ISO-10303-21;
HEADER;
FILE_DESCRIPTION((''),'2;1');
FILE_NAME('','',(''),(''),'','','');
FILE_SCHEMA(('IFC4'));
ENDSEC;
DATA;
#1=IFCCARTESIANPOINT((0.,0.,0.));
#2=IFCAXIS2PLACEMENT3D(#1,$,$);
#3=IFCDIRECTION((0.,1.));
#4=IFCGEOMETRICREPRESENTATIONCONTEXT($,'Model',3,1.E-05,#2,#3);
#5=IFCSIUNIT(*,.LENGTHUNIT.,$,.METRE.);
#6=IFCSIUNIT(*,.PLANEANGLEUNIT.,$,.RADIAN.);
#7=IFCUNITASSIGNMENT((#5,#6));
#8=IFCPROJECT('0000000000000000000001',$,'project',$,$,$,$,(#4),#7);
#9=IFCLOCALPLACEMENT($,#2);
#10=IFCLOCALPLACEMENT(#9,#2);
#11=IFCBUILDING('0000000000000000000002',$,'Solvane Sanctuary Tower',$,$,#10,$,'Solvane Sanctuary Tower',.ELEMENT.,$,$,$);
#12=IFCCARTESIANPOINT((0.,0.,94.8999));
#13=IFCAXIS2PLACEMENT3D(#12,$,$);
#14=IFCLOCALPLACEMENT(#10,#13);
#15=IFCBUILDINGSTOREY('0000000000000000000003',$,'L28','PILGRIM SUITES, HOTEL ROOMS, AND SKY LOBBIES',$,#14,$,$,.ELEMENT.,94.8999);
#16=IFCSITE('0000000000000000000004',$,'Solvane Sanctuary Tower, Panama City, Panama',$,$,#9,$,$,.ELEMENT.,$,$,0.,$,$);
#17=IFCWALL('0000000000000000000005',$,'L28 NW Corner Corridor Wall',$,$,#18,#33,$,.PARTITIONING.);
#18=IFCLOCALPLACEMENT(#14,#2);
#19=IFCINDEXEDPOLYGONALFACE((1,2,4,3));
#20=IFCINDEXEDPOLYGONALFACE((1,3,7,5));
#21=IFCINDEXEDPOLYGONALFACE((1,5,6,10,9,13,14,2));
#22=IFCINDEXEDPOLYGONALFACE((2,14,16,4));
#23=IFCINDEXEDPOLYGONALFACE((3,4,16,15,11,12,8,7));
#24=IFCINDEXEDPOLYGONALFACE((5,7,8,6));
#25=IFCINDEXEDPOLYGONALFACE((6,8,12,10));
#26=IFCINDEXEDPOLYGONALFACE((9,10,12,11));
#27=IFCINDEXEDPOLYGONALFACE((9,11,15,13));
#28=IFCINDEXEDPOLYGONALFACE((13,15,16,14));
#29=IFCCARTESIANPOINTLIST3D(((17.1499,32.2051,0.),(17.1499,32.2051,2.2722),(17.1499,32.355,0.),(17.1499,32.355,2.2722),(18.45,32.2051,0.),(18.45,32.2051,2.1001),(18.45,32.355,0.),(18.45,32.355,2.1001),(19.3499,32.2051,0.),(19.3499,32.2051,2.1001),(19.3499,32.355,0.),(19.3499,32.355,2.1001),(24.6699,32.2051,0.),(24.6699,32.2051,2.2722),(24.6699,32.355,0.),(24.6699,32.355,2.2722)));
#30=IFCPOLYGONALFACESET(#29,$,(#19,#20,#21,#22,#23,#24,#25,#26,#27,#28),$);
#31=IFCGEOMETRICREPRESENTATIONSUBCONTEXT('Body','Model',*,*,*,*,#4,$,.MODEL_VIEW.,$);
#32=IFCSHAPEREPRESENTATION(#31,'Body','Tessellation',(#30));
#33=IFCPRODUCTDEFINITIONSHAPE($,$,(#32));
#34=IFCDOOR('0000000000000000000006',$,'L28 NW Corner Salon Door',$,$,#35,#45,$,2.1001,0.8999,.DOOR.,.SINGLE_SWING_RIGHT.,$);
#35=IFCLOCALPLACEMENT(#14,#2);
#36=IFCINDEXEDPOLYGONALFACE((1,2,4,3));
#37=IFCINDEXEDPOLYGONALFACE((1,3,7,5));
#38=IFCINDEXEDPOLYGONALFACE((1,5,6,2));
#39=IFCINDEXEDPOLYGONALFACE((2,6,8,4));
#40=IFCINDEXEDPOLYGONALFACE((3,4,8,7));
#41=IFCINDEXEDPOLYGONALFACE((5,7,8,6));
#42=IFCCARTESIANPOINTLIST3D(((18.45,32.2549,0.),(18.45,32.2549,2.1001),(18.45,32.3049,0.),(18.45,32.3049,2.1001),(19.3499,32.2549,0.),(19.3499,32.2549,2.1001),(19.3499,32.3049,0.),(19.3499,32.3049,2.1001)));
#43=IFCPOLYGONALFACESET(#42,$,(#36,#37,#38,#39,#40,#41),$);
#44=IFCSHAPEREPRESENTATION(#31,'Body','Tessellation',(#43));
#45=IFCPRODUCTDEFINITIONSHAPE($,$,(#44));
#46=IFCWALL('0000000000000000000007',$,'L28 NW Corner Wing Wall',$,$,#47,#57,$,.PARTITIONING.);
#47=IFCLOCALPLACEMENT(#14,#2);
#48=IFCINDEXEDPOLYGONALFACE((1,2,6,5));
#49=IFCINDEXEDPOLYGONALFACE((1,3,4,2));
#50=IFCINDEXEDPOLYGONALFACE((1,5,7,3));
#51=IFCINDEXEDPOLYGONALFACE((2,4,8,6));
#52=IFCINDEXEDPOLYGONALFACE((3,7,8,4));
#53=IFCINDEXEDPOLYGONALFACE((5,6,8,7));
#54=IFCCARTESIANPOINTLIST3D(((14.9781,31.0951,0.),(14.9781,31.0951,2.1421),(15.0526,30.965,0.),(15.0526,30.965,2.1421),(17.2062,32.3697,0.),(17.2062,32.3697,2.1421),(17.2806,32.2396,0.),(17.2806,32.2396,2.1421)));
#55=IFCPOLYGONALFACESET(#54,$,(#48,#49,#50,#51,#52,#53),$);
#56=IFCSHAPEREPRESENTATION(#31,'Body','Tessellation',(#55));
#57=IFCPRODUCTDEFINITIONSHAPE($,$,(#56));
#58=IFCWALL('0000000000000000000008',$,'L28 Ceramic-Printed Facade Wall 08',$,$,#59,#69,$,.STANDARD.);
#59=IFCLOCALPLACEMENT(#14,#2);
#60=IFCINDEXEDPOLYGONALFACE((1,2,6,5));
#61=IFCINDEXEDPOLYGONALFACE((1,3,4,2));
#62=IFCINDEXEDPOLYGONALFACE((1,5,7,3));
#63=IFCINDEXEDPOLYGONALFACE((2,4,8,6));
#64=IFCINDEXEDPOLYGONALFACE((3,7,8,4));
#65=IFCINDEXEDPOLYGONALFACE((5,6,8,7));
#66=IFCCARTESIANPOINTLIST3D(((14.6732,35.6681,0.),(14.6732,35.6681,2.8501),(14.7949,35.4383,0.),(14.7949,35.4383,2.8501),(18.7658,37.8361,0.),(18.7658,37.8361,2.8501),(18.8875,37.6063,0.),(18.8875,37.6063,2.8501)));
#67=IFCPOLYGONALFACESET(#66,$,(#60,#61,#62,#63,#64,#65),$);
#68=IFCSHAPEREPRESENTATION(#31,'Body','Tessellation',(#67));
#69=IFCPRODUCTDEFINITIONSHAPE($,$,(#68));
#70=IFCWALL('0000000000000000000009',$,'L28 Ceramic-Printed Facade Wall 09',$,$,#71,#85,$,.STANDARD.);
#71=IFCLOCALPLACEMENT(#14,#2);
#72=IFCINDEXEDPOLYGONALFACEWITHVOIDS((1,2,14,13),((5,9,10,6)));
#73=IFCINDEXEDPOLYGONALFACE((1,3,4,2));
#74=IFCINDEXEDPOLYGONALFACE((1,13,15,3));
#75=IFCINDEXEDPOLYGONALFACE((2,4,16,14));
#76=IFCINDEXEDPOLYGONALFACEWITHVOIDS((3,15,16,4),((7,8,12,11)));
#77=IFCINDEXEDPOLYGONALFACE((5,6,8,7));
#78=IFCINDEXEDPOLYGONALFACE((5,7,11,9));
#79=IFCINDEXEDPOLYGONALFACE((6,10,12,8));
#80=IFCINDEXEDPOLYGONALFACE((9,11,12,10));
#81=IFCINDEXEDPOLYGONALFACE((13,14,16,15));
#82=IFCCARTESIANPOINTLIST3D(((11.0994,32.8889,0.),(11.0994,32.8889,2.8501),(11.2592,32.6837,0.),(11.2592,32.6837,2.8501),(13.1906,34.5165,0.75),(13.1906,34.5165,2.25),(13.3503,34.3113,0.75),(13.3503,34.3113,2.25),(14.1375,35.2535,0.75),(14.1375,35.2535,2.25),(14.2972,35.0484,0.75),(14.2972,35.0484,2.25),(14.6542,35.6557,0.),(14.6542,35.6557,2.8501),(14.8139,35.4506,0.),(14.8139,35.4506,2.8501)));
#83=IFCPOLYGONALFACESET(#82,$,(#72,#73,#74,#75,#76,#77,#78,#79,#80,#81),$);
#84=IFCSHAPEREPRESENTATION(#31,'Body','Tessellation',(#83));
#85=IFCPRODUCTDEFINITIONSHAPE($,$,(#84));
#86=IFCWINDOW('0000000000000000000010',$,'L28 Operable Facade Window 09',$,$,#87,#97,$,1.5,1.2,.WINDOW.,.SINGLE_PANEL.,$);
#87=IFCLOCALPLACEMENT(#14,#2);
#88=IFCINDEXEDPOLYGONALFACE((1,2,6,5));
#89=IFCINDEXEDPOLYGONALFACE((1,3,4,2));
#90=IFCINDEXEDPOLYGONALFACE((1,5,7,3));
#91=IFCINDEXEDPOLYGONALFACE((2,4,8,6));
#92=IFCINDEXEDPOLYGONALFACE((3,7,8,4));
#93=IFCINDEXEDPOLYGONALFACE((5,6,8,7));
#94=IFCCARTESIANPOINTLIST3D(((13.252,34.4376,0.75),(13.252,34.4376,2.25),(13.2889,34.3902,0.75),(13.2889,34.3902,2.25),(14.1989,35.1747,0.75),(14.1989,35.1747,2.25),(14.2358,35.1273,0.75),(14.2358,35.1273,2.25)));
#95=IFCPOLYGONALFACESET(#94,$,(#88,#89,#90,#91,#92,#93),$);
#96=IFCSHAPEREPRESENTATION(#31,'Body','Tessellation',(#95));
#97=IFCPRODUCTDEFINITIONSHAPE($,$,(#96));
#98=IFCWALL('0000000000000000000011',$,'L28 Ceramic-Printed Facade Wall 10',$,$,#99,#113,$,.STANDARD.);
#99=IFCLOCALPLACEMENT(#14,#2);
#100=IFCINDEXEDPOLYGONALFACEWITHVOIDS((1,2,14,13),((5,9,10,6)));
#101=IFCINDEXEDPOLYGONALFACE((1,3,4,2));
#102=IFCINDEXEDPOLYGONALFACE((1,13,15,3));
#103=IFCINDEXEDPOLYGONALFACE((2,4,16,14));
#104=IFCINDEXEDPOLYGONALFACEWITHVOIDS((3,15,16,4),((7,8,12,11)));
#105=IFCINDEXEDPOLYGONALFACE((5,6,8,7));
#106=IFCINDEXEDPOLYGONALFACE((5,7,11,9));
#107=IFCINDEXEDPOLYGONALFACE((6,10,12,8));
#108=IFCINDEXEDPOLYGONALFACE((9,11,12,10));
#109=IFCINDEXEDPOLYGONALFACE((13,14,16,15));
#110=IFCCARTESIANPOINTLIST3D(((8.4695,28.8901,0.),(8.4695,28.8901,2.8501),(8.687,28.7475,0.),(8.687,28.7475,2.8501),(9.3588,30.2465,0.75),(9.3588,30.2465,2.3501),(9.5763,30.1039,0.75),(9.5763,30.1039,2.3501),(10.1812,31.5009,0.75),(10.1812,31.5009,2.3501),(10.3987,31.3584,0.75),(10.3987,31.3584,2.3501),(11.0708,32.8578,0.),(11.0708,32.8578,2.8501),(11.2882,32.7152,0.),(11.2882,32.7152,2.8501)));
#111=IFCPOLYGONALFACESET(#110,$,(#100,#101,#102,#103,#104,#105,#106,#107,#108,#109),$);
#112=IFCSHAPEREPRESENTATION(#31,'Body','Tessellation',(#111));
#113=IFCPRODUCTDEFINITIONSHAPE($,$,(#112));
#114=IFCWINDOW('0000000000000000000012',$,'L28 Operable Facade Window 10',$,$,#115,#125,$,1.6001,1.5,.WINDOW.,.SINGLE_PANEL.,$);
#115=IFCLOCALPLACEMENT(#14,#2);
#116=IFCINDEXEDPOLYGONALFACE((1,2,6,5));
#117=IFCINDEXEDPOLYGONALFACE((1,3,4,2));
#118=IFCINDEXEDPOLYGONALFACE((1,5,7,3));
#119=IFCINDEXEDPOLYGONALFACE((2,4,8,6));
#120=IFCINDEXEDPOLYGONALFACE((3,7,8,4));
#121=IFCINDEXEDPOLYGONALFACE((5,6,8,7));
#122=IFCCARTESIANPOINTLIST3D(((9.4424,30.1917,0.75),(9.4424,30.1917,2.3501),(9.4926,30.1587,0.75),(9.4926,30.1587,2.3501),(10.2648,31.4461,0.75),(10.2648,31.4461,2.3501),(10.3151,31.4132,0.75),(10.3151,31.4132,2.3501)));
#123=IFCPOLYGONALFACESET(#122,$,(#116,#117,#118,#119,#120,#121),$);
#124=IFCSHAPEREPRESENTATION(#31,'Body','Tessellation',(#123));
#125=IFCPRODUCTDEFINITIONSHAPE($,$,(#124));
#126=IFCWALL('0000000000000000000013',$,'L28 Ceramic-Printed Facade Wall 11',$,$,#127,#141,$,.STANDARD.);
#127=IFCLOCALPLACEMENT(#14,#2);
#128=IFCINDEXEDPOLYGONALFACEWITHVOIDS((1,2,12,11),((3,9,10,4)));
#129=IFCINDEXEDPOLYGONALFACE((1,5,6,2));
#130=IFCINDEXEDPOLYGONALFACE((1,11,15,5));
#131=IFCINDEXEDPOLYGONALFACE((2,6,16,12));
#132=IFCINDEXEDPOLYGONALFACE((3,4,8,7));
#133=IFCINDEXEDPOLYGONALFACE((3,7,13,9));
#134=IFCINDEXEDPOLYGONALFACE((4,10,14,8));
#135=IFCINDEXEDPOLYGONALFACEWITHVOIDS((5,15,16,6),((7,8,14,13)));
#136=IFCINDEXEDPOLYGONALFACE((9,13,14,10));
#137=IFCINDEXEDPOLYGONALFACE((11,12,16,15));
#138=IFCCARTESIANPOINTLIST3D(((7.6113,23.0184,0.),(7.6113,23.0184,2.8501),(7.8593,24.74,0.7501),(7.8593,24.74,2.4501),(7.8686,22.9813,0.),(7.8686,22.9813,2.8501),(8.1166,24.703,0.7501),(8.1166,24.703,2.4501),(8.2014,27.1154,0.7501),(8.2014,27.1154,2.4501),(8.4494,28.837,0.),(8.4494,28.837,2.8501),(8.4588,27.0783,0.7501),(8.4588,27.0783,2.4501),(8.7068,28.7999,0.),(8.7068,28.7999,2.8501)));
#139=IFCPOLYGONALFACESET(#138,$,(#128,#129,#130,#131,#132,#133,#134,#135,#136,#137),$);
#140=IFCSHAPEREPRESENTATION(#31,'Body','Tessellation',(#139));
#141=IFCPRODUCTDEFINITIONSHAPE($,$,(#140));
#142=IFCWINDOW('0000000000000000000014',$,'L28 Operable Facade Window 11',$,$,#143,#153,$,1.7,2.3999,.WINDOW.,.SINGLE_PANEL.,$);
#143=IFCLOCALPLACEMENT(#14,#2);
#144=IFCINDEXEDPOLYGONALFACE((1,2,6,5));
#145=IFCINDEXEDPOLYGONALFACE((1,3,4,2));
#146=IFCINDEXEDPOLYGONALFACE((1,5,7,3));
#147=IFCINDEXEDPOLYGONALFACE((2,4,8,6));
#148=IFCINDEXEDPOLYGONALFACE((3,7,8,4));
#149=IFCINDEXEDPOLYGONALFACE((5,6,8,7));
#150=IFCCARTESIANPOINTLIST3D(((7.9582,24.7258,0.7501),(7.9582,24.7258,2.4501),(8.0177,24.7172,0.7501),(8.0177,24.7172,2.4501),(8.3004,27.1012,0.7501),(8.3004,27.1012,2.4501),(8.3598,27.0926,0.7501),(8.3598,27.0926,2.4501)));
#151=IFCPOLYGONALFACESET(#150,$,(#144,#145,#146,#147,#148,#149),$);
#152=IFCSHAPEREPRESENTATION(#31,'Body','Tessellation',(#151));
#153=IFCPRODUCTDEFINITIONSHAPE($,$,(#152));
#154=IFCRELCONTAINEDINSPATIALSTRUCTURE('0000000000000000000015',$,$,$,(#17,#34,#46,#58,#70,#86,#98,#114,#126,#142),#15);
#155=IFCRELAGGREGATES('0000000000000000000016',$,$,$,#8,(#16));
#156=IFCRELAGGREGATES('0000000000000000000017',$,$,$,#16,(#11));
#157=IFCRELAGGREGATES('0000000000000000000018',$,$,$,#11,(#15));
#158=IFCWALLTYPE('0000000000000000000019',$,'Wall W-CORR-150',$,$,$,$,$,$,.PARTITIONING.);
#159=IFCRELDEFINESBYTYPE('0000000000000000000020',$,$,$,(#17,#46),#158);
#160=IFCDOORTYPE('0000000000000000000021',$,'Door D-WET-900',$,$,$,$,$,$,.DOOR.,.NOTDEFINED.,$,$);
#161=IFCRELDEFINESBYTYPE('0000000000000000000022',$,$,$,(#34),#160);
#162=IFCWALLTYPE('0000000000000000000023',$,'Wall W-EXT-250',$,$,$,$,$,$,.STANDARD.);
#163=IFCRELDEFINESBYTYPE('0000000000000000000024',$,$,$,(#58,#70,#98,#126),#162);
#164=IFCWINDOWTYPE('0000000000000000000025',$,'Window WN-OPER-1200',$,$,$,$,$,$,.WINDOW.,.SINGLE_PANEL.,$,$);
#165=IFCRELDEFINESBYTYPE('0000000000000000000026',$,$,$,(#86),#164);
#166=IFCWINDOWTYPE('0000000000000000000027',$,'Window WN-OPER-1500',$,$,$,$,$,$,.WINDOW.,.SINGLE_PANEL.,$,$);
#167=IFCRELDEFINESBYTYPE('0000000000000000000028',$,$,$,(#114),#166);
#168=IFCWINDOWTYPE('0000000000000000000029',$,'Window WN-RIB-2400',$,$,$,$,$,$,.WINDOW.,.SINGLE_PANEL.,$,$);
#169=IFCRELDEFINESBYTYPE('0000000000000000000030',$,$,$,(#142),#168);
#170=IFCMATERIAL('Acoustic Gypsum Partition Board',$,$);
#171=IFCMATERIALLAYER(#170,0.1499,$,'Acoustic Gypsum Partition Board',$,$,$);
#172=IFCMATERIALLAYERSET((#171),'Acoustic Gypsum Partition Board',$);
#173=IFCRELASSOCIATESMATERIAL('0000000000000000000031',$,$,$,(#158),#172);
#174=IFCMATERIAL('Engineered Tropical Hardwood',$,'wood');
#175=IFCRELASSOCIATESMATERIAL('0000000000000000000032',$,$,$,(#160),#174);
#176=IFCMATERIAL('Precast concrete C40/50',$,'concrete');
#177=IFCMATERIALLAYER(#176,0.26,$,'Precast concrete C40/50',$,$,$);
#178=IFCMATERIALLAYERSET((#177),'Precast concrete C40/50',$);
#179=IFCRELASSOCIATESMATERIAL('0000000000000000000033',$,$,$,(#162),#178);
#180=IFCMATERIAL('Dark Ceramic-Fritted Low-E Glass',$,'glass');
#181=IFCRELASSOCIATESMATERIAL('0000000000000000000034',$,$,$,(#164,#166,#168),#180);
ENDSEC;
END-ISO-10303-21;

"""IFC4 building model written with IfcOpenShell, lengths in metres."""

from ifc_helpers import new_model, si_unit, direction, frame, frame_2d, origin, place, context, subcontext, project, spatial, rectangle, extrude, material, layer, layer_set, type_object, element, fill, save


model = new_model("IFC4")

# Units and contexts
model_context = context("Model", 3, precision=1e-05, world=origin(), true_north=direction((0.0, 1.0)))
body_context = subcontext(model_context, "Body", "Model", "MODEL_VIEW")
ifc_project = project(units=[si_unit("LENGTHUNIT", "METRE"), si_unit("PLANEANGLEUNIT", "RADIAN")], contexts=[model_context])

# Site, building, storey
site_placement = place(None, origin())
site = spatial("IfcSite", under=ifc_project, at=site_placement, Name="Solvane Sanctuary Tower, Panama City, Panama", CompositionType="ELEMENT", RefElevation=0.0)
building_placement = place(site_placement, origin())
building = spatial("IfcBuilding", under=site, at=building_placement, Name="Solvane Sanctuary Tower", LongName="Solvane Sanctuary Tower", CompositionType="ELEMENT")
storey_placement = place(building_placement, frame((0.0, 0.0, 94.8999)))
storey = spatial("IfcBuildingStorey", under=building, at=storey_placement, Name="L28", Description="PILGRIM SUITES, HOTEL ROOMS, AND SKY LOBBIES", CompositionType="ELEMENT", Elevation=94.8999)

# Shared definitions
ifc_material_1 = material(Name="Acoustic Gypsum Partition Board")
ifc_layer_1 = layer(ifc_material_1, 0.1499, Name="Acoustic Gypsum Partition Board")
ifc_layer_set_1 = layer_set([ifc_layer_1], Name="Acoustic Gypsum Partition Board")
wall_type_1 = type_object("IfcWallType", Name="Wall W-CORR-150", PredefinedType="PARTITIONING", material=ifc_layer_set_1)

# Wall, opening, door
wall_1_placement = place(storey_placement, frame((17.1499, 32.28, 0.0), z_axis=(0.0, 0.0, 1.0), x_axis=(1.0, 0.0, 0.0)))
wall_1 = element("IfcWall", 1, at=wall_1_placement, inside=storey, type_object=wall_type_1, Name="L28 NW Corner Corridor Wall", PredefinedType="PARTITIONING", context=body_context, shape_type="SweptSolid", body=[
    extrude(rectangle(XDim=7.52, YDim=0.1499, at=frame_2d((3.76, 0.0))), origin(), (0.0, 0.0, 1.0), 2.2722),
])
opening_1_placement = place(wall_1_placement, frame((1.3, 0.0, 0.0)))
opening_1 = element("IfcOpeningElement", 2, at=opening_1_placement, cuts=wall_1, PredefinedType="OPENING", context=body_context, shape_type="SweptSolid", body=[
    extrude(rectangle(XDim=0.8999, YDim=2.1001, at=frame_2d((0.45, 1.05))), frame((0.0, 0.085, 0.0), z_axis=(0.0, -1.0, 0.0), x_axis=(1.0, 0.0, 0.0)), (0.0, 0.0, 1.0), 0.1699),
])
ifc_material_2 = material(Name="Engineered Tropical Hardwood", Category="wood")
door_type_1 = type_object("IfcDoorType", Name="Door D-WET-900", OperationType="NOTDEFINED", PredefinedType="DOOR", material=ifc_material_2)
door_1_placement = place(opening_1_placement, origin())
door_1 = element("IfcDoor", 3, at=door_1_placement, inside=storey, type_object=door_type_1, Name="L28 NW Corner Salon Door", OperationType="SINGLE_SWING_RIGHT", OverallHeight=2.1001, OverallWidth=0.8999, PredefinedType="DOOR", context=body_context, shape_type="SweptSolid", body=[
    extrude(rectangle(XDim=0.8999, YDim=2.1001, at=frame_2d((0.45, 1.05))), frame((0.0, 0.0249, 0.0), z_axis=(0.0, -1.0, 0.0), x_axis=(1.0, 0.0, 0.0)), (0.0, 0.0, 1.0), 0.05),
])
fill(opening_1, door_1)

# Walls
wall_2_placement = place(storey_placement, frame((17.2434, 32.3047, 0.0), z_axis=(0.0, 0.0, 1.0), x_axis=(-0.867991, -0.496579, 0.0)))
element("IfcWall", 4, at=wall_2_placement, inside=storey, type_object=wall_type_1, Name="L28 NW Corner Wing Wall", PredefinedType="PARTITIONING", context=body_context, shape_type="SweptSolid", body=[
    extrude(rectangle(XDim=2.5669, YDim=0.1499, at=frame_2d((1.2834, 0.0))), origin(), (0.0, 0.0, 1.0), 2.1421),
])
ifc_material_3 = material(Name="Precast concrete C40/50", Category="concrete")
ifc_layer_2 = layer(ifc_material_3, 0.26, Name="Precast concrete C40/50")
ifc_layer_set_2 = layer_set([ifc_layer_2], Name="Precast concrete C40/50")
wall_type_2 = type_object("IfcWallType", Name="Wall W-EXT-250", PredefinedType="STANDARD", material=ifc_layer_set_2)
wall_3_placement = place(storey_placement, frame((18.8267, 37.7212, 0.0), z_axis=(0.0, 0.0, 1.0), x_axis=(-0.883669, -0.468113, 0.0)))
element("IfcWall", 5, at=wall_3_placement, inside=storey, type_object=wall_type_2, Name="L28 Ceramic-Printed Facade Wall 08", PredefinedType="STANDARD", context=body_context, shape_type="SweptSolid", body=[
    extrude(rectangle(XDim=4.6313, YDim=0.26, at=frame_2d((2.3157, 0.0))), origin(), (0.0, 0.0, 1.0), 2.8501),
])

# Walls, openings, windows
wall_4_placement = place(storey_placement, frame((14.7341, 35.5532, 0.0), z_axis=(0.0, 0.0, 1.0), x_axis=(-0.789127, -0.614229, 0.0)))
wall_4 = element("IfcWall", 6, at=wall_4_placement, inside=storey, type_object=wall_type_2, Name="L28 Ceramic-Printed Facade Wall 09", PredefinedType="STANDARD", context=body_context, shape_type="SweptSolid", body=[
    extrude(rectangle(XDim=4.5046, YDim=0.26, at=frame_2d((2.2524, 0.0))), origin(), (0.0, 0.0, 1.0), 2.8501),
])
opening_2_placement = place(wall_4_placement, frame((0.6548, 0.0, 0.75)))
opening_2 = element("IfcOpeningElement", 7, at=opening_2_placement, cuts=wall_4, PredefinedType="OPENING", context=body_context, shape_type="SweptSolid", body=[
    extrude(rectangle(XDim=1.2, YDim=1.5, at=frame_2d((0.6001, 0.75))), frame((0.0, 0.1399, 0.0), z_axis=(0.0, -1.0, 0.0), x_axis=(1.0, 0.0, 0.0)), (0.0, 0.0, 1.0), 0.28),
])
ifc_material_4 = material(Name="Dark Ceramic-Fritted Low-E Glass", Category="glass")
window_type_1 = type_object("IfcWindowType", Name="Window WN-OPER-1200", PartitioningType="SINGLE_PANEL", PredefinedType="WINDOW", material=ifc_material_4)
window_1_placement = place(opening_2_placement, origin())
window_1 = element("IfcWindow", 8, at=window_1_placement, inside=storey, type_object=window_type_1, Name="L28 Operable Facade Window 09", OverallHeight=1.5, OverallWidth=1.2, PartitioningType="SINGLE_PANEL", PredefinedType="WINDOW", context=body_context, shape_type="SweptSolid", body=[
    extrude(rectangle(XDim=1.2, YDim=1.5, at=frame_2d((0.6001, 0.75))), frame((0.0, 0.03, 0.0), z_axis=(0.0, -1.0, 0.0), x_axis=(1.0, 0.0, 0.0)), (0.0, 0.0, 1.0), 0.0601),
])
fill(opening_2, window_1)
wall_5_placement = place(storey_placement, frame((11.1794, 32.7864, 0.0), z_axis=(0.0, 0.0, 1.0), x_axis=(-0.548283, -0.836293, 0.0)))
wall_5 = element("IfcWall", 9, at=wall_5_placement, inside=storey, type_object=wall_type_2, Name="L28 Ceramic-Printed Facade Wall 10", PredefinedType="STANDARD", context=body_context, shape_type="SweptSolid", body=[
    extrude(rectangle(XDim=4.7444, YDim=0.26, at=frame_2d((2.3721, 0.0))), origin(), (0.0, 0.0, 1.0), 2.8501),
])
opening_3_placement = place(wall_5_placement, frame((1.6223, 0.0, 0.75)))
opening_3 = element("IfcOpeningElement", 10, at=opening_3_placement, cuts=wall_5, PredefinedType="OPENING", context=body_context, shape_type="SweptSolid", body=[
    extrude(rectangle(XDim=1.5, YDim=1.6001, at=frame_2d((0.75, 0.8))), frame((0.0, 0.1399, 0.0), z_axis=(0.0, -1.0, 0.0), x_axis=(1.0, 0.0, 0.0)), (0.0, 0.0, 1.0), 0.28),
])
window_type_2 = type_object("IfcWindowType", Name="Window WN-OPER-1500", PartitioningType="SINGLE_PANEL", PredefinedType="WINDOW", material=ifc_material_4)
window_2_placement = place(opening_3_placement, origin())
window_2 = element("IfcWindow", 11, at=window_2_placement, inside=storey, type_object=window_type_2, Name="L28 Operable Facade Window 10", OverallHeight=1.6001, OverallWidth=1.5, PartitioningType="SINGLE_PANEL", PredefinedType="WINDOW", context=body_context, shape_type="SweptSolid", body=[
    extrude(rectangle(XDim=1.5, YDim=1.6001, at=frame_2d((0.75, 0.8))), frame((0.0, 0.03, 0.0), z_axis=(0.0, -1.0, 0.0), x_axis=(1.0, 0.0, 0.0)), (0.0, 0.0, 1.0), 0.0601),
])
fill(opening_3, window_2)
wall_6_placement = place(storey_placement, frame((8.5781, 28.8186, 0.0), z_axis=(0.0, 0.0, 1.0), x_axis=(-0.142572, -0.989784, 0.0)))
wall_6 = element("IfcWall", 12, at=wall_6_placement, inside=storey, type_object=wall_type_2, Name="L28 Ceramic-Printed Facade Wall 11", PredefinedType="STANDARD", context=body_context, shape_type="SweptSolid", body=[
    extrude(rectangle(XDim=5.8787, YDim=0.26, at=frame_2d((2.9395, 0.0))), origin(), (0.0, 0.0, 1.0), 2.8501),
])
opening_4_placement = place(wall_6_placement, frame((1.7395, 0.0, 0.75)))
opening_4 = element("IfcOpeningElement", 13, at=opening_4_placement, cuts=wall_6, PredefinedType="OPENING", context=body_context, shape_type="SweptSolid", body=[
    extrude(rectangle(XDim=2.3999, YDim=1.7, at=frame_2d((1.2, 0.8501))), frame((0.0, 0.1399, 0.0), z_axis=(0.0, -1.0, 0.0), x_axis=(1.0, 0.0, 0.0)), (0.0, 0.0, 1.0), 0.28),
])
window_type_3 = type_object("IfcWindowType", Name="Window WN-RIB-2400", PartitioningType="SINGLE_PANEL", PredefinedType="WINDOW", material=ifc_material_4)
window_3_placement = place(opening_4_placement, origin())
window_3 = element("IfcWindow", 14, at=window_3_placement, inside=storey, type_object=window_type_3, Name="L28 Operable Facade Window 11", OverallHeight=1.7, OverallWidth=2.3999, PartitioningType="SINGLE_PANEL", PredefinedType="WINDOW", context=body_context, shape_type="SweptSolid", body=[
    extrude(rectangle(XDim=2.3999, YDim=1.7, at=frame_2d((1.2, 0.8501))), frame((0.0, 0.03, 0.0), z_axis=(0.0, -1.0, 0.0), x_axis=(1.0, 0.0, 0.0)), (0.0, 0.0, 1.0), 0.0601),
])
fill(opening_4, window_3)

save(model, "model.ifc")
